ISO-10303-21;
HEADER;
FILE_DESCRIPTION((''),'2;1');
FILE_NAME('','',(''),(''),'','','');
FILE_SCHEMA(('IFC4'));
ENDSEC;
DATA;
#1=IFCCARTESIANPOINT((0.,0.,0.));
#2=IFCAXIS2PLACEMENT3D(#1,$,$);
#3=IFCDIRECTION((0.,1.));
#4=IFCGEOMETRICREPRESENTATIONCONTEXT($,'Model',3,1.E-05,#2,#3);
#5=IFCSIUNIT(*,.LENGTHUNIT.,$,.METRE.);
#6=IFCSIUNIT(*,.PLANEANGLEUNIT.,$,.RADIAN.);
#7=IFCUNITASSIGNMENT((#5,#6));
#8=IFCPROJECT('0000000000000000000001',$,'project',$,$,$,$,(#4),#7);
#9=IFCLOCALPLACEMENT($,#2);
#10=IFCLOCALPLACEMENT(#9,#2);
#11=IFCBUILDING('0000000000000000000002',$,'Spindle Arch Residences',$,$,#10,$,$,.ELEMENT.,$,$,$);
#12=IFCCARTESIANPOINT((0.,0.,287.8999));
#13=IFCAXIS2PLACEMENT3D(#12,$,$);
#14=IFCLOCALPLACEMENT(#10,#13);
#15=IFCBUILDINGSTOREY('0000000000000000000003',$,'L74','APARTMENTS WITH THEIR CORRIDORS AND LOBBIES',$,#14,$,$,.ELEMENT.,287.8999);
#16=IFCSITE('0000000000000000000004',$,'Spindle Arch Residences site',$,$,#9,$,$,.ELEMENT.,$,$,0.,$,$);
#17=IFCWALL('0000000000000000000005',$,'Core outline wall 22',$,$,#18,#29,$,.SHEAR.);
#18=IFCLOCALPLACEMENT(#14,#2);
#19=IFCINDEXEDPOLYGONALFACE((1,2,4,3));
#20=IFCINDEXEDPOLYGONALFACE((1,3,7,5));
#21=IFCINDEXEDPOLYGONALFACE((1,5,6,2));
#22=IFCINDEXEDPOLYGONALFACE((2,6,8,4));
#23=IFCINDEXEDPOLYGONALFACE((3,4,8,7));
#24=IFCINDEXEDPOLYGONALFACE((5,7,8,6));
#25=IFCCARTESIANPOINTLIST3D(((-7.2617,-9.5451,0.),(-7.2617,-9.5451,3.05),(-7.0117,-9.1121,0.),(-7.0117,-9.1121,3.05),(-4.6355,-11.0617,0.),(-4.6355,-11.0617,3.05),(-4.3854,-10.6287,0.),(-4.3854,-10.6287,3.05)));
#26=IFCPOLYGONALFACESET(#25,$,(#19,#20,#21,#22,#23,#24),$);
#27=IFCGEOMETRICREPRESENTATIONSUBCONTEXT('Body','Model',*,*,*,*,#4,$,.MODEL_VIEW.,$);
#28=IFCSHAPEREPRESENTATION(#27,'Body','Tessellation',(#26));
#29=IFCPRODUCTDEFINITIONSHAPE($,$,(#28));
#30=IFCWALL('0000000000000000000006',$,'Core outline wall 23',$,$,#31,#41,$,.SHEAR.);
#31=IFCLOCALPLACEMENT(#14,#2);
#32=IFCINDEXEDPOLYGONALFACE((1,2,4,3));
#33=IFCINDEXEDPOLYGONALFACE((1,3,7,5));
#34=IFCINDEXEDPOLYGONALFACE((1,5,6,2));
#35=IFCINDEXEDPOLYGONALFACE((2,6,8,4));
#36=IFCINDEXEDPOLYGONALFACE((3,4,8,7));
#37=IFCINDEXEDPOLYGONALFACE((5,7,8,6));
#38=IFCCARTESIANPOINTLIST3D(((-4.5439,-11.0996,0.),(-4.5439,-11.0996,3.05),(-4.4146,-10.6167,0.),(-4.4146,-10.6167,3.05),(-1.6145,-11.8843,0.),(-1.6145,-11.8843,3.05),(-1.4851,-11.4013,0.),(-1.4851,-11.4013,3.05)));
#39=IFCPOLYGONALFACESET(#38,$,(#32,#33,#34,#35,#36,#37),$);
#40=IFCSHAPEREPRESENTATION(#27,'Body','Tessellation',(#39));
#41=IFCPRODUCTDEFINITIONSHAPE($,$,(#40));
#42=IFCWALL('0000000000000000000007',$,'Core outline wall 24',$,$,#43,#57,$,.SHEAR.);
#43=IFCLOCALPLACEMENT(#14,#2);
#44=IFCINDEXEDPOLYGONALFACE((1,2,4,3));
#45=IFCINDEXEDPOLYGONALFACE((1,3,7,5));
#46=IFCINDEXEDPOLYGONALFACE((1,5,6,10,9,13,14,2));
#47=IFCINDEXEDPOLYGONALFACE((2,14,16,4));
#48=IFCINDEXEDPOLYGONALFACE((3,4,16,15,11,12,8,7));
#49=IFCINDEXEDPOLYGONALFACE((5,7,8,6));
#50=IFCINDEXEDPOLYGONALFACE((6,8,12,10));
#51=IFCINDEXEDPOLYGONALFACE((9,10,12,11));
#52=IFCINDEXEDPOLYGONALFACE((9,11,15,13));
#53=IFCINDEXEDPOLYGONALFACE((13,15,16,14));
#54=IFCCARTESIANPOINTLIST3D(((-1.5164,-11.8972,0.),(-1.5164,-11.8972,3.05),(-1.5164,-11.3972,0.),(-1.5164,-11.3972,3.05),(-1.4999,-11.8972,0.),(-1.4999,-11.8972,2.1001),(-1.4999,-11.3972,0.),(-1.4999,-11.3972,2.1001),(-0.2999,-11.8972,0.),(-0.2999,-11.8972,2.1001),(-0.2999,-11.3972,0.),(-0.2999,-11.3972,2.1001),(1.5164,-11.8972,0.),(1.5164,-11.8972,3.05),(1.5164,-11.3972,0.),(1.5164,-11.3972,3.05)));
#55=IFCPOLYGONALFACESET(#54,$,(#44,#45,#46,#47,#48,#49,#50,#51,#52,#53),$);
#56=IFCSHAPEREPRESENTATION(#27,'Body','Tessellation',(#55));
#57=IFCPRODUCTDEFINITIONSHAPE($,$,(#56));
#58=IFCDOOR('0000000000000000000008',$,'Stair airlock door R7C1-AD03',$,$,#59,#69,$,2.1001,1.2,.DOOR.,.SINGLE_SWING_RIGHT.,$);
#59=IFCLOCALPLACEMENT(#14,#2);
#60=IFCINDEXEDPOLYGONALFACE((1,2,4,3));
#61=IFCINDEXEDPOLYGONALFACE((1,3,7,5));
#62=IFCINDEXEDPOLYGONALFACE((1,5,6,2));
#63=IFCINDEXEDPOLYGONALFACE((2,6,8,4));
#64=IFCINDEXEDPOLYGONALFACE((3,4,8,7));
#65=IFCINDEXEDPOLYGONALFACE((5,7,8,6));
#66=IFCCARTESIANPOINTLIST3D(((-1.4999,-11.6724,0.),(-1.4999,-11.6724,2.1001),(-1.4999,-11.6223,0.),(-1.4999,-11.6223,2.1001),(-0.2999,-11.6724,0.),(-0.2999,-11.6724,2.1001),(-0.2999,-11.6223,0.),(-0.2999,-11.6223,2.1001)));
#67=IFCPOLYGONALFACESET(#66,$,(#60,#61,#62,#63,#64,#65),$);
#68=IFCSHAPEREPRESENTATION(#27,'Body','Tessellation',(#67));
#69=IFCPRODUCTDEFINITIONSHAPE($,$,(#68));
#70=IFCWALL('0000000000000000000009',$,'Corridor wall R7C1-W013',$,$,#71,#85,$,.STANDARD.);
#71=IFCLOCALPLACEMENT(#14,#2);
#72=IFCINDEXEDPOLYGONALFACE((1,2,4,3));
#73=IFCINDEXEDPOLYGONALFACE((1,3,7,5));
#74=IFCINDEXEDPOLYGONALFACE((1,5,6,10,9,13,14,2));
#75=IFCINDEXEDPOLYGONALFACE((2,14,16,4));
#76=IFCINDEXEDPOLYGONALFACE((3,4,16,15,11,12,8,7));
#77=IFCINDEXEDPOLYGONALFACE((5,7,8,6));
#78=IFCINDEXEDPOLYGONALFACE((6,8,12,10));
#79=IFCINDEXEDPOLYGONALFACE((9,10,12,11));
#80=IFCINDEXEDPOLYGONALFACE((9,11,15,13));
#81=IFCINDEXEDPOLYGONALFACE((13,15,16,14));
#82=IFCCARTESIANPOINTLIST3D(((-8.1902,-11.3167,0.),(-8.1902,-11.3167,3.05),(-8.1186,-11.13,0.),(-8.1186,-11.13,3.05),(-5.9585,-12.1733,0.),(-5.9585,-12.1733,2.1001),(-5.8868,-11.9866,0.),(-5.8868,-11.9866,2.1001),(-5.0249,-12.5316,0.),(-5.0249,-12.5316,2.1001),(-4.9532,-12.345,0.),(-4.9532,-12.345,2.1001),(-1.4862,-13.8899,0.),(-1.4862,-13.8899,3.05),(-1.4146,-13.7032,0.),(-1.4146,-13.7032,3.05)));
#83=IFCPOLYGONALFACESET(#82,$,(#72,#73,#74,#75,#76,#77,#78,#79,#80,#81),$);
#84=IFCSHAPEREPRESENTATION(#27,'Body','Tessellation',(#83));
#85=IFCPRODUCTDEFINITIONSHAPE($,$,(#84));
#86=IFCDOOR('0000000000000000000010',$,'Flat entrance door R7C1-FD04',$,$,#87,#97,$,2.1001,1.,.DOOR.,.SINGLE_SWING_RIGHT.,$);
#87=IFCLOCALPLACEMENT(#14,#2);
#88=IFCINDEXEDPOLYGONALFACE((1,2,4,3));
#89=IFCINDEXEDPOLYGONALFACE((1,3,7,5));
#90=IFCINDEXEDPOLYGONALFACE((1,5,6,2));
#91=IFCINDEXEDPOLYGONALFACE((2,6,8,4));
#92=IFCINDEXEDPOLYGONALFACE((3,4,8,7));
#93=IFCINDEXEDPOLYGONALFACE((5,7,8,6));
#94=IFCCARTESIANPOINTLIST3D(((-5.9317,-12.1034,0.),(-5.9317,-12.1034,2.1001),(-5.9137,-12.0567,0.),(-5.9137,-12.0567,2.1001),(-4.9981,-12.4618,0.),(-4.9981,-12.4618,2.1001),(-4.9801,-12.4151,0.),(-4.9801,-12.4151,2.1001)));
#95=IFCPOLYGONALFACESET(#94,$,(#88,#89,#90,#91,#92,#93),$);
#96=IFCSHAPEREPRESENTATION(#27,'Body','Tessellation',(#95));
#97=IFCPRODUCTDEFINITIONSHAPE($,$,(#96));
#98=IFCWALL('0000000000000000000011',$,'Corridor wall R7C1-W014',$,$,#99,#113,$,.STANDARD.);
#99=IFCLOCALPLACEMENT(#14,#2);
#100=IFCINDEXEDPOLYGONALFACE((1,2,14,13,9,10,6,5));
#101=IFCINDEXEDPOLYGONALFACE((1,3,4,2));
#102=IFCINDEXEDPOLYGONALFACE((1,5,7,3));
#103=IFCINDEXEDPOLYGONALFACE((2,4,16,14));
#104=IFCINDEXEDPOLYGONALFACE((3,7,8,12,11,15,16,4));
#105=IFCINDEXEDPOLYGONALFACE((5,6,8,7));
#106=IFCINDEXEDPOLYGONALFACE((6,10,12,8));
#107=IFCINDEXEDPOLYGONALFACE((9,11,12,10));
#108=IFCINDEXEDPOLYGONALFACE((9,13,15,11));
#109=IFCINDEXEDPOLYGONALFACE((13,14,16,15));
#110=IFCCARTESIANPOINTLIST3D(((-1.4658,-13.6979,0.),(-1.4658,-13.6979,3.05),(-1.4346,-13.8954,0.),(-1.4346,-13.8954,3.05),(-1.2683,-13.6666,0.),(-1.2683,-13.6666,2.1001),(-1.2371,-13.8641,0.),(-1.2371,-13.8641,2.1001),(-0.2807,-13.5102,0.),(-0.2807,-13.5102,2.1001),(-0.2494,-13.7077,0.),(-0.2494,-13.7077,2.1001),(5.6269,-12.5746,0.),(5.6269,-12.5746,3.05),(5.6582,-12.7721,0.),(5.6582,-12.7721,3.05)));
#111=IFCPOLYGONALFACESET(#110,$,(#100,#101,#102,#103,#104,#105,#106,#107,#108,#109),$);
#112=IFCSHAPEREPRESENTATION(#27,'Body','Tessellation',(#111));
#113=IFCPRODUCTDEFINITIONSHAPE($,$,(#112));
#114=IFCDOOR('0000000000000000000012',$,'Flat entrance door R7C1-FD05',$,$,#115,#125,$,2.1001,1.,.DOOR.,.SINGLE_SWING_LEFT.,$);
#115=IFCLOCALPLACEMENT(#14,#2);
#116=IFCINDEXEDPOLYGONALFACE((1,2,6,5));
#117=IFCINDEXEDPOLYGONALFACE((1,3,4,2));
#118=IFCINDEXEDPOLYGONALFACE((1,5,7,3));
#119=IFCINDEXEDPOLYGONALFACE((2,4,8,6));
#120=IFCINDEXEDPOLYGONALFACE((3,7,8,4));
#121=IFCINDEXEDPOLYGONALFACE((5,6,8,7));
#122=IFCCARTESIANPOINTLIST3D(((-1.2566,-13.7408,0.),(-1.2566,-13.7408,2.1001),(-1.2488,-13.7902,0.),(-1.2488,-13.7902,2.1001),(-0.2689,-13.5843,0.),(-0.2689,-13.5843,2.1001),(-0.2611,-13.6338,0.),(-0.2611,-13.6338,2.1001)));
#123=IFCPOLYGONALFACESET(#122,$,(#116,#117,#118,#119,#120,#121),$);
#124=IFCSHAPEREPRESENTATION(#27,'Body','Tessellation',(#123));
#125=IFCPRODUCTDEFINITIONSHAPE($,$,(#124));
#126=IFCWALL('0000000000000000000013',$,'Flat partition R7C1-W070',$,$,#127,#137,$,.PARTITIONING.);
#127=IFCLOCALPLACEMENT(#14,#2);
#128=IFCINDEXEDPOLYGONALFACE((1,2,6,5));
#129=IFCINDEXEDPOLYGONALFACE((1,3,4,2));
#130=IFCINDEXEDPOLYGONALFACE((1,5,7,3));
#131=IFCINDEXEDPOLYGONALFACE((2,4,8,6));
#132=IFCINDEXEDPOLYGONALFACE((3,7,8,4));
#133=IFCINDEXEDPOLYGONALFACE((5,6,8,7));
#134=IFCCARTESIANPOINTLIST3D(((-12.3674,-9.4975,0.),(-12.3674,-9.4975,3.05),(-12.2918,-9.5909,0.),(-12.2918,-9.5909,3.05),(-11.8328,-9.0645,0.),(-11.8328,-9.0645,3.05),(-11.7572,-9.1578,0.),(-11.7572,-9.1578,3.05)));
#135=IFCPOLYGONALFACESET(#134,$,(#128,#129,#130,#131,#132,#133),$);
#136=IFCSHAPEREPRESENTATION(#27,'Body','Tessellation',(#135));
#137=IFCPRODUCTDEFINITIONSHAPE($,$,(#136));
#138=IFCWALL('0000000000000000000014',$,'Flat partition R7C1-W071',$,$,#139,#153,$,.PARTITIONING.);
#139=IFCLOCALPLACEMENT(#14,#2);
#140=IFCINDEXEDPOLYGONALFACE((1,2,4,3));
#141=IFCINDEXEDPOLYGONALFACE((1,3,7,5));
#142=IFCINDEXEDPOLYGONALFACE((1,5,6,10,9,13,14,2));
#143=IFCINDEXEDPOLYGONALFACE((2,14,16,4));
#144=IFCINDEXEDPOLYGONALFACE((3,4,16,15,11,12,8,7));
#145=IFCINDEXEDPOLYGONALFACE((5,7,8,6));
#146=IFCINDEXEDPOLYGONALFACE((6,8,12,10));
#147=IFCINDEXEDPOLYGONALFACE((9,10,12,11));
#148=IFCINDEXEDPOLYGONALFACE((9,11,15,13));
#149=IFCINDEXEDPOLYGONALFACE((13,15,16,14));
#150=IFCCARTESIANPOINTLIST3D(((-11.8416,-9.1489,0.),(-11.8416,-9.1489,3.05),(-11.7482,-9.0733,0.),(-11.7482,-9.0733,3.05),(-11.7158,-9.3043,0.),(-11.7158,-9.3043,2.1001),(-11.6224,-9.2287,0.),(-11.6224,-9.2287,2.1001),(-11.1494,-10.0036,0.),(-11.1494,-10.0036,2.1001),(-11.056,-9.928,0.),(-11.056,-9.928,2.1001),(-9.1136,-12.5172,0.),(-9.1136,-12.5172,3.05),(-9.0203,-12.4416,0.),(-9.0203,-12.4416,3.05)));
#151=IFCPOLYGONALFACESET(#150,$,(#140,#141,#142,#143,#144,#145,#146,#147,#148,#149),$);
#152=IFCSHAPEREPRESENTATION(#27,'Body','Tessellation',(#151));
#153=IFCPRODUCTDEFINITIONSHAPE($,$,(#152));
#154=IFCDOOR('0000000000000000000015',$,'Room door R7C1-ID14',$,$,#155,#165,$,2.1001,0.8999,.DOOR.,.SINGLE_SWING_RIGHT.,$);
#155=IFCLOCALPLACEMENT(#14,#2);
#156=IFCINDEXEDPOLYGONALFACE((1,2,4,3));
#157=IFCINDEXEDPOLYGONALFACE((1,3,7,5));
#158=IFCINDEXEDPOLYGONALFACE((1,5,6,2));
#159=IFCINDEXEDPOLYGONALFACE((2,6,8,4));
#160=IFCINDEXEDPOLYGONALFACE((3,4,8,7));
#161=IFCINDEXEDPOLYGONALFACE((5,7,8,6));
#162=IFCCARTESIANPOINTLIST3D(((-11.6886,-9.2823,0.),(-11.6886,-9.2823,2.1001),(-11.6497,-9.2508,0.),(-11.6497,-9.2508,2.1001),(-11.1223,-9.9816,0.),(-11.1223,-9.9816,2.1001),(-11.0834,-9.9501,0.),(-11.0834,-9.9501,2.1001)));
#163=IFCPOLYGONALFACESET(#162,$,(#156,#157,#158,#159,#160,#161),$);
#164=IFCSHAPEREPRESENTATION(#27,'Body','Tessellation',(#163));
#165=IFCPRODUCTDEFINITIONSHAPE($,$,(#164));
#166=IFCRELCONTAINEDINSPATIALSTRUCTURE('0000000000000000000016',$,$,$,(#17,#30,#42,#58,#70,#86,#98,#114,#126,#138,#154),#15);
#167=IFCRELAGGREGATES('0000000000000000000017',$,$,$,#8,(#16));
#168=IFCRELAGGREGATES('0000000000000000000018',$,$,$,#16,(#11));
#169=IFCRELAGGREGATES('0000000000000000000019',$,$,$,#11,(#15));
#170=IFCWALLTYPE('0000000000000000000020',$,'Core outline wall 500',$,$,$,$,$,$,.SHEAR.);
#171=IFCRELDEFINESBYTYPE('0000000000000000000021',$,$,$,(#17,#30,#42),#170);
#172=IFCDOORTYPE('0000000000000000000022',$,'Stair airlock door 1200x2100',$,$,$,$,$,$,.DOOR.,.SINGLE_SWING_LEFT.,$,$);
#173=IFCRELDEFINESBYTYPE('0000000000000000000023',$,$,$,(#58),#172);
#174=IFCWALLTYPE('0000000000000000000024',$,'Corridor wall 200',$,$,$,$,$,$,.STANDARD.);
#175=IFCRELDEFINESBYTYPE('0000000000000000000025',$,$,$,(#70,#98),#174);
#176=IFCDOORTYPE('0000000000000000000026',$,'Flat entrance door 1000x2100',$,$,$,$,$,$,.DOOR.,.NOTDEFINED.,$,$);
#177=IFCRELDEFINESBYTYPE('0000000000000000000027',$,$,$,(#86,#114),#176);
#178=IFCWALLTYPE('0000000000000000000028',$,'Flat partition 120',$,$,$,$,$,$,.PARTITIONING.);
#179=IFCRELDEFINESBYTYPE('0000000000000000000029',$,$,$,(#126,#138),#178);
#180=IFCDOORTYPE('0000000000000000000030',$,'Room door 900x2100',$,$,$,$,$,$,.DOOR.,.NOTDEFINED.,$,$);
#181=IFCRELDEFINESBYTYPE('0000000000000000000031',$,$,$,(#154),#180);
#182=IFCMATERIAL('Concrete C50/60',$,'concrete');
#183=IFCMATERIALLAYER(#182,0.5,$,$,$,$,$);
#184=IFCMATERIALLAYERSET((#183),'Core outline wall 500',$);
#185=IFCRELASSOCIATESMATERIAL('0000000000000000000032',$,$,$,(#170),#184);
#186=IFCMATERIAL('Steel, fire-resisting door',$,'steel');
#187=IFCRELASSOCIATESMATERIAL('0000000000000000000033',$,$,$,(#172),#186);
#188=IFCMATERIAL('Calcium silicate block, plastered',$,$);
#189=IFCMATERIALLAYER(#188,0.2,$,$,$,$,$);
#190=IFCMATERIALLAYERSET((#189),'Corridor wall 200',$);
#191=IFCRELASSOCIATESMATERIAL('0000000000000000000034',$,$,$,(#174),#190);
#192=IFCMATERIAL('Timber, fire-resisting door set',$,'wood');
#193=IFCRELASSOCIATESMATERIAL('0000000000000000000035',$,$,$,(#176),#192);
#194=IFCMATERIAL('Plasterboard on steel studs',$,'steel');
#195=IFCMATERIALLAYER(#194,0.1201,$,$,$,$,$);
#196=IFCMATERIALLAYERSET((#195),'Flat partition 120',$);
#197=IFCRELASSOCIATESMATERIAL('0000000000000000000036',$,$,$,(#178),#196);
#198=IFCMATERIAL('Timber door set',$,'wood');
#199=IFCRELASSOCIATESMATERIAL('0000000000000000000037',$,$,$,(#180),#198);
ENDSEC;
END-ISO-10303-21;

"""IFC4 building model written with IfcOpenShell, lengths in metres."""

from ifc_helpers import new_model, si_unit, direction, frame, frame_2d, origin, place, context, subcontext, project, spatial, rectangle, extrude, material, layer, layer_set, type_object, element, fill, save


model = new_model("IFC4")

# Units and contexts
model_context = context("Model", 3, precision=1e-05, world=origin(), true_north=direction((0.0, 1.0)))
body_context = subcontext(model_context, "Body", "Model", "MODEL_VIEW")
ifc_project = project(units=[si_unit("LENGTHUNIT", "METRE"), si_unit("PLANEANGLEUNIT", "RADIAN")], contexts=[model_context])

# Site, building, storey
site_placement = place(None, origin())
site = spatial("IfcSite", under=ifc_project, at=site_placement, Name="Spindle Arch Residences site", CompositionType="ELEMENT", RefElevation=0.0)
building_placement = place(site_placement, origin())
building = spatial("IfcBuilding", under=site, at=building_placement, Name="Spindle Arch Residences", CompositionType="ELEMENT")
storey_placement = place(building_placement, frame((0.0, 0.0, 287.8999)))
storey = spatial("IfcBuildingStorey", under=building, at=storey_placement, Name="L74", Description="APARTMENTS WITH THEIR CORRIDORS AND LOBBIES", CompositionType="ELEMENT", Elevation=287.8999)

# Walls
ifc_material_1 = material(Name="Concrete C50/60", Category="concrete")
ifc_layer_1 = layer(ifc_material_1, 0.5)
ifc_layer_set_1 = layer_set([ifc_layer_1], Name="Core outline wall 500")
wall_type_1 = type_object("IfcWallType", Name="Core outline wall 500", PredefinedType="SHEAR", material=ifc_layer_set_1)
for number, where, z_axis, x_axis, name in (
    (1, (-7.1367, -9.3286, 0.0), (0.0, 0.0, 1.0), (0.865975, -0.500087, 0.0), "Core outline wall 22"),
    (2, (-4.4792, -10.8582, 0.0), (0.0, 0.0, 1.0), (0.965948, -0.258735, 0.0), "Core outline wall 23"),
):
    element("IfcWall", number, at=place(storey_placement, frame(where, z_axis=z_axis, x_axis=x_axis)), inside=storey, type_object=wall_type_1, Name=name, PredefinedType="SHEAR", context=body_context, shape_type="SweptSolid", body=[
        extrude(rectangle(XDim=3.0327, YDim=0.5, at=frame_2d((1.5164, 0.0))), origin(), (0.0, 0.0, 1.0), 3.05),
    ])

# Walls, openings, doors
wall_1_placement = place(storey_placement, frame((-1.5164, -11.6472, 0.0), z_axis=(0.0, 0.0, 1.0), x_axis=(1.0, 0.0, 0.0)))
wall_1 = element("IfcWall", 3, at=wall_1_placement, inside=storey, type_object=wall_type_1, Name="Core outline wall 24", PredefinedType="SHEAR", context=body_context, shape_type="SweptSolid", body=[
    extrude(rectangle(XDim=3.0327, YDim=0.5, at=frame_2d((1.5164, 0.0))), origin(), (0.0, 0.0, 1.0), 3.05),
])
opening_1_placement = place(wall_1_placement, frame((0.0164, 0.0, 0.0)))
opening_1 = element("IfcOpeningElement", 4, at=opening_1_placement, cuts=wall_1, PredefinedType="OPENING", context=body_context, shape_type="SweptSolid", body=[
    extrude(rectangle(XDim=1.2, YDim=2.1001, at=frame_2d((0.6001, 1.05))), frame((0.0, 0.26, 0.0), z_axis=(0.0, -1.0, 0.0), x_axis=(1.0, 0.0, 0.0)), (0.0, 0.0, 1.0), 0.52),
])
ifc_material_2 = material(Name="Steel, fire-resisting door", Category="steel")
door_type_1 = type_object("IfcDoorType", Name="Stair airlock door 1200x2100", OperationType="SINGLE_SWING_LEFT", PredefinedType="DOOR", material=ifc_material_2)
door_1_placement = place(opening_1_placement, origin())
door_1 = element("IfcDoor", 5, at=door_1_placement, inside=storey, type_object=door_type_1, Name="Stair airlock door R7C1-AD03", OperationType="SINGLE_SWING_RIGHT", OverallHeight=2.1001, OverallWidth=1.2, PredefinedType="DOOR", context=body_context, shape_type="SweptSolid", body=[
    extrude(rectangle(XDim=1.2, YDim=2.1001, at=frame_2d((0.6001, 1.05))), frame((0.0, 0.0249, 0.0), z_axis=(0.0, -1.0, 0.0), x_axis=(1.0, 0.0, 0.0)), (0.0, 0.0, 1.0), 0.05),
])
fill(opening_1, door_1)
ifc_material_3 = material(Name="Calcium silicate block, plastered")
ifc_layer_2 = layer(ifc_material_3, 0.2)
ifc_layer_set_2 = layer_set([ifc_layer_2], Name="Corridor wall 200")
wall_type_2 = type_object("IfcWallType", Name="Corridor wall 200", PredefinedType="STANDARD", material=ifc_layer_set_2)
wall_2_placement = place(storey_placement, frame((-8.1543, -11.2234, 0.0), z_axis=(0.0, 0.0, 1.0), x_axis=(0.933591, -0.358341, 0.0)))
wall_2 = element("IfcWall", 6, at=wall_2_placement, inside=storey, type_object=wall_type_2, Name="Corridor wall R7C1-W013", PredefinedType="STANDARD", context=body_context, shape_type="SweptSolid", body=[
    extrude(rectangle(XDim=7.1809, YDim=0.2, at=frame_2d((3.5903, 0.0))), origin(), (0.0, 0.0, 1.0), 3.05),
])
opening_2_placement = place(wall_2_placement, frame((2.3904, 0.0, 0.0)))
opening_2 = element("IfcOpeningElement", 7, at=opening_2_placement, cuts=wall_2, PredefinedType="OPENING", context=body_context, shape_type="SweptSolid", body=[
    extrude(rectangle(XDim=1.0, YDim=2.1001, at=frame_2d((0.5, 1.05))), frame((0.0, 0.1099, 0.0), z_axis=(0.0, -1.0, 0.0), x_axis=(1.0, 0.0, 0.0)), (0.0, 0.0, 1.0), 0.22),
])
ifc_material_4 = material(Name="Timber, fire-resisting door set", Category="wood")
door_type_2 = type_object("IfcDoorType", Name="Flat entrance door 1000x2100", OperationType="NOTDEFINED", PredefinedType="DOOR", material=ifc_material_4)
door_2_placement = place(opening_2_placement, origin())
door_2 = element("IfcDoor", 8, at=door_2_placement, inside=storey, type_object=door_type_2, Name="Flat entrance door R7C1-FD04", OperationType="SINGLE_SWING_RIGHT", OverallHeight=2.1001, OverallWidth=1.0, PredefinedType="DOOR", context=body_context, shape_type="SweptSolid", body=[
    extrude(rectangle(XDim=1.0, YDim=2.1001, at=frame_2d((0.5, 1.05))), frame((0.0, 0.0249, 0.0), z_axis=(0.0, -1.0, 0.0), x_axis=(1.0, 0.0, 0.0)), (0.0, 0.0, 1.0), 0.05),
])
fill(opening_2, door_2)
wall_3_placement = place(storey_placement, frame((-1.4502, -13.7966, 0.0), z_axis=(0.0, 0.0, 1.0), x_axis=(0.98769, 0.156422, 0.0)))
wall_3 = element("IfcWall", 9, at=wall_3_placement, inside=storey, type_object=wall_type_2, Name="Corridor wall R7C1-W014", PredefinedType="STANDARD", context=body_context, shape_type="SweptSolid", body=[
    extrude(rectangle(XDim=7.1812, YDim=0.2, at=frame_2d((3.5906, 0.0))), origin(), (0.0, 0.0, 1.0), 3.05),
])
opening_3_placement = place(wall_3_placement, frame((0.2, 0.0, 0.0)))
opening_3 = element("IfcOpeningElement", 10, at=opening_3_placement, cuts=wall_3, PredefinedType="OPENING", context=body_context, shape_type="SweptSolid", body=[
    extrude(rectangle(XDim=1.0, YDim=2.1001, at=frame_2d((0.5, 1.05))), frame((0.0, 0.1099, 0.0), z_axis=(0.0, -1.0, 0.0), x_axis=(1.0, 0.0, 0.0)), (0.0, 0.0, 1.0), 0.22),
])
door_3_placement = place(opening_3_placement, origin())
door_3 = element("IfcDoor", 11, at=door_3_placement, inside=storey, type_object=door_type_2, Name="Flat entrance door R7C1-FD05", OperationType="SINGLE_SWING_LEFT", OverallHeight=2.1001, OverallWidth=1.0, PredefinedType="DOOR", context=body_context, shape_type="SweptSolid", body=[
    extrude(rectangle(XDim=1.0, YDim=2.1001, at=frame_2d((0.5, 1.05))), frame((0.0, 0.0249, 0.0), z_axis=(0.0, -1.0, 0.0), x_axis=(1.0, 0.0, 0.0)), (0.0, 0.0, 1.0), 0.05),
])
fill(opening_3, door_3)

# Wall
ifc_material_5 = material(Name="Plasterboard on steel studs", Category="steel")
ifc_layer_3 = layer(ifc_material_5, 0.1201)
ifc_layer_set_3 = layer_set([ifc_layer_3], Name="Flat partition 120")
wall_type_3 = type_object("IfcWallType", Name="Flat partition 120", PredefinedType="PARTITIONING", material=ifc_layer_set_3)
wall_4_placement = place(storey_placement, frame((-12.3296, -9.5442, 0.0), z_axis=(0.0, 0.0, 1.0), x_axis=(0.777047, 0.629443, 0.0)))
element("IfcWall", 12, at=wall_4_placement, inside=storey, type_object=wall_type_3, Name="Flat partition R7C1-W070", PredefinedType="PARTITIONING", context=body_context, shape_type="SweptSolid", body=[
    extrude(rectangle(XDim=0.688, YDim=0.1201, at=frame_2d((0.344, 0.0))), origin(), (0.0, 0.0, 1.0), 3.05),
])

# Wall, opening, door
wall_5_placement = place(storey_placement, frame((-11.7949, -9.1111, 0.0), z_axis=(0.0, 0.0, 1.0), x_axis=(0.629368, -0.777107, 0.0)))
wall_5 = element("IfcWall", 13, at=wall_5_placement, inside=storey, type_object=wall_type_3, Name="Flat partition R7C1-W071", PredefinedType="PARTITIONING", context=body_context, shape_type="SweptSolid", body=[
    extrude(rectangle(XDim=4.3345, YDim=0.1201, at=frame_2d((2.1672, 0.0))), origin(), (0.0, 0.0, 1.0), 3.05),
])
opening_4_placement = place(wall_5_placement, frame((0.2, 0.0, 0.0)))
opening_4 = element("IfcOpeningElement", 14, at=opening_4_placement, cuts=wall_5, PredefinedType="OPENING", context=body_context, shape_type="SweptSolid", body=[
    extrude(rectangle(XDim=0.8999, YDim=2.1001, at=frame_2d((0.45, 1.05))), frame((0.0, 0.0701, 0.0), z_axis=(0.0, -1.0, 0.0), x_axis=(1.0, 0.0, 0.0)), (0.0, 0.0, 1.0), 0.1401),
])
ifc_material_6 = material(Name="Timber door set", Category="wood")
door_type_3 = type_object("IfcDoorType", Name="Room door 900x2100", OperationType="NOTDEFINED", PredefinedType="DOOR", material=ifc_material_6)
door_4_placement = place(opening_4_placement, origin())
door_4 = element("IfcDoor", 15, at=door_4_placement, inside=storey, type_object=door_type_3, Name="Room door R7C1-ID14", OperationType="SINGLE_SWING_RIGHT", OverallHeight=2.1001, OverallWidth=0.8999, PredefinedType="DOOR", context=body_context, shape_type="SweptSolid", body=[
    extrude(rectangle(XDim=0.8999, YDim=2.1001, at=frame_2d((0.45, 1.05))), frame((0.0, 0.0249, 0.0), z_axis=(0.0, -1.0, 0.0), x_axis=(1.0, 0.0, 0.0)), (0.0, 0.0, 1.0), 0.05),
])
fill(opening_4, door_4)

save(model, "model.ifc")
